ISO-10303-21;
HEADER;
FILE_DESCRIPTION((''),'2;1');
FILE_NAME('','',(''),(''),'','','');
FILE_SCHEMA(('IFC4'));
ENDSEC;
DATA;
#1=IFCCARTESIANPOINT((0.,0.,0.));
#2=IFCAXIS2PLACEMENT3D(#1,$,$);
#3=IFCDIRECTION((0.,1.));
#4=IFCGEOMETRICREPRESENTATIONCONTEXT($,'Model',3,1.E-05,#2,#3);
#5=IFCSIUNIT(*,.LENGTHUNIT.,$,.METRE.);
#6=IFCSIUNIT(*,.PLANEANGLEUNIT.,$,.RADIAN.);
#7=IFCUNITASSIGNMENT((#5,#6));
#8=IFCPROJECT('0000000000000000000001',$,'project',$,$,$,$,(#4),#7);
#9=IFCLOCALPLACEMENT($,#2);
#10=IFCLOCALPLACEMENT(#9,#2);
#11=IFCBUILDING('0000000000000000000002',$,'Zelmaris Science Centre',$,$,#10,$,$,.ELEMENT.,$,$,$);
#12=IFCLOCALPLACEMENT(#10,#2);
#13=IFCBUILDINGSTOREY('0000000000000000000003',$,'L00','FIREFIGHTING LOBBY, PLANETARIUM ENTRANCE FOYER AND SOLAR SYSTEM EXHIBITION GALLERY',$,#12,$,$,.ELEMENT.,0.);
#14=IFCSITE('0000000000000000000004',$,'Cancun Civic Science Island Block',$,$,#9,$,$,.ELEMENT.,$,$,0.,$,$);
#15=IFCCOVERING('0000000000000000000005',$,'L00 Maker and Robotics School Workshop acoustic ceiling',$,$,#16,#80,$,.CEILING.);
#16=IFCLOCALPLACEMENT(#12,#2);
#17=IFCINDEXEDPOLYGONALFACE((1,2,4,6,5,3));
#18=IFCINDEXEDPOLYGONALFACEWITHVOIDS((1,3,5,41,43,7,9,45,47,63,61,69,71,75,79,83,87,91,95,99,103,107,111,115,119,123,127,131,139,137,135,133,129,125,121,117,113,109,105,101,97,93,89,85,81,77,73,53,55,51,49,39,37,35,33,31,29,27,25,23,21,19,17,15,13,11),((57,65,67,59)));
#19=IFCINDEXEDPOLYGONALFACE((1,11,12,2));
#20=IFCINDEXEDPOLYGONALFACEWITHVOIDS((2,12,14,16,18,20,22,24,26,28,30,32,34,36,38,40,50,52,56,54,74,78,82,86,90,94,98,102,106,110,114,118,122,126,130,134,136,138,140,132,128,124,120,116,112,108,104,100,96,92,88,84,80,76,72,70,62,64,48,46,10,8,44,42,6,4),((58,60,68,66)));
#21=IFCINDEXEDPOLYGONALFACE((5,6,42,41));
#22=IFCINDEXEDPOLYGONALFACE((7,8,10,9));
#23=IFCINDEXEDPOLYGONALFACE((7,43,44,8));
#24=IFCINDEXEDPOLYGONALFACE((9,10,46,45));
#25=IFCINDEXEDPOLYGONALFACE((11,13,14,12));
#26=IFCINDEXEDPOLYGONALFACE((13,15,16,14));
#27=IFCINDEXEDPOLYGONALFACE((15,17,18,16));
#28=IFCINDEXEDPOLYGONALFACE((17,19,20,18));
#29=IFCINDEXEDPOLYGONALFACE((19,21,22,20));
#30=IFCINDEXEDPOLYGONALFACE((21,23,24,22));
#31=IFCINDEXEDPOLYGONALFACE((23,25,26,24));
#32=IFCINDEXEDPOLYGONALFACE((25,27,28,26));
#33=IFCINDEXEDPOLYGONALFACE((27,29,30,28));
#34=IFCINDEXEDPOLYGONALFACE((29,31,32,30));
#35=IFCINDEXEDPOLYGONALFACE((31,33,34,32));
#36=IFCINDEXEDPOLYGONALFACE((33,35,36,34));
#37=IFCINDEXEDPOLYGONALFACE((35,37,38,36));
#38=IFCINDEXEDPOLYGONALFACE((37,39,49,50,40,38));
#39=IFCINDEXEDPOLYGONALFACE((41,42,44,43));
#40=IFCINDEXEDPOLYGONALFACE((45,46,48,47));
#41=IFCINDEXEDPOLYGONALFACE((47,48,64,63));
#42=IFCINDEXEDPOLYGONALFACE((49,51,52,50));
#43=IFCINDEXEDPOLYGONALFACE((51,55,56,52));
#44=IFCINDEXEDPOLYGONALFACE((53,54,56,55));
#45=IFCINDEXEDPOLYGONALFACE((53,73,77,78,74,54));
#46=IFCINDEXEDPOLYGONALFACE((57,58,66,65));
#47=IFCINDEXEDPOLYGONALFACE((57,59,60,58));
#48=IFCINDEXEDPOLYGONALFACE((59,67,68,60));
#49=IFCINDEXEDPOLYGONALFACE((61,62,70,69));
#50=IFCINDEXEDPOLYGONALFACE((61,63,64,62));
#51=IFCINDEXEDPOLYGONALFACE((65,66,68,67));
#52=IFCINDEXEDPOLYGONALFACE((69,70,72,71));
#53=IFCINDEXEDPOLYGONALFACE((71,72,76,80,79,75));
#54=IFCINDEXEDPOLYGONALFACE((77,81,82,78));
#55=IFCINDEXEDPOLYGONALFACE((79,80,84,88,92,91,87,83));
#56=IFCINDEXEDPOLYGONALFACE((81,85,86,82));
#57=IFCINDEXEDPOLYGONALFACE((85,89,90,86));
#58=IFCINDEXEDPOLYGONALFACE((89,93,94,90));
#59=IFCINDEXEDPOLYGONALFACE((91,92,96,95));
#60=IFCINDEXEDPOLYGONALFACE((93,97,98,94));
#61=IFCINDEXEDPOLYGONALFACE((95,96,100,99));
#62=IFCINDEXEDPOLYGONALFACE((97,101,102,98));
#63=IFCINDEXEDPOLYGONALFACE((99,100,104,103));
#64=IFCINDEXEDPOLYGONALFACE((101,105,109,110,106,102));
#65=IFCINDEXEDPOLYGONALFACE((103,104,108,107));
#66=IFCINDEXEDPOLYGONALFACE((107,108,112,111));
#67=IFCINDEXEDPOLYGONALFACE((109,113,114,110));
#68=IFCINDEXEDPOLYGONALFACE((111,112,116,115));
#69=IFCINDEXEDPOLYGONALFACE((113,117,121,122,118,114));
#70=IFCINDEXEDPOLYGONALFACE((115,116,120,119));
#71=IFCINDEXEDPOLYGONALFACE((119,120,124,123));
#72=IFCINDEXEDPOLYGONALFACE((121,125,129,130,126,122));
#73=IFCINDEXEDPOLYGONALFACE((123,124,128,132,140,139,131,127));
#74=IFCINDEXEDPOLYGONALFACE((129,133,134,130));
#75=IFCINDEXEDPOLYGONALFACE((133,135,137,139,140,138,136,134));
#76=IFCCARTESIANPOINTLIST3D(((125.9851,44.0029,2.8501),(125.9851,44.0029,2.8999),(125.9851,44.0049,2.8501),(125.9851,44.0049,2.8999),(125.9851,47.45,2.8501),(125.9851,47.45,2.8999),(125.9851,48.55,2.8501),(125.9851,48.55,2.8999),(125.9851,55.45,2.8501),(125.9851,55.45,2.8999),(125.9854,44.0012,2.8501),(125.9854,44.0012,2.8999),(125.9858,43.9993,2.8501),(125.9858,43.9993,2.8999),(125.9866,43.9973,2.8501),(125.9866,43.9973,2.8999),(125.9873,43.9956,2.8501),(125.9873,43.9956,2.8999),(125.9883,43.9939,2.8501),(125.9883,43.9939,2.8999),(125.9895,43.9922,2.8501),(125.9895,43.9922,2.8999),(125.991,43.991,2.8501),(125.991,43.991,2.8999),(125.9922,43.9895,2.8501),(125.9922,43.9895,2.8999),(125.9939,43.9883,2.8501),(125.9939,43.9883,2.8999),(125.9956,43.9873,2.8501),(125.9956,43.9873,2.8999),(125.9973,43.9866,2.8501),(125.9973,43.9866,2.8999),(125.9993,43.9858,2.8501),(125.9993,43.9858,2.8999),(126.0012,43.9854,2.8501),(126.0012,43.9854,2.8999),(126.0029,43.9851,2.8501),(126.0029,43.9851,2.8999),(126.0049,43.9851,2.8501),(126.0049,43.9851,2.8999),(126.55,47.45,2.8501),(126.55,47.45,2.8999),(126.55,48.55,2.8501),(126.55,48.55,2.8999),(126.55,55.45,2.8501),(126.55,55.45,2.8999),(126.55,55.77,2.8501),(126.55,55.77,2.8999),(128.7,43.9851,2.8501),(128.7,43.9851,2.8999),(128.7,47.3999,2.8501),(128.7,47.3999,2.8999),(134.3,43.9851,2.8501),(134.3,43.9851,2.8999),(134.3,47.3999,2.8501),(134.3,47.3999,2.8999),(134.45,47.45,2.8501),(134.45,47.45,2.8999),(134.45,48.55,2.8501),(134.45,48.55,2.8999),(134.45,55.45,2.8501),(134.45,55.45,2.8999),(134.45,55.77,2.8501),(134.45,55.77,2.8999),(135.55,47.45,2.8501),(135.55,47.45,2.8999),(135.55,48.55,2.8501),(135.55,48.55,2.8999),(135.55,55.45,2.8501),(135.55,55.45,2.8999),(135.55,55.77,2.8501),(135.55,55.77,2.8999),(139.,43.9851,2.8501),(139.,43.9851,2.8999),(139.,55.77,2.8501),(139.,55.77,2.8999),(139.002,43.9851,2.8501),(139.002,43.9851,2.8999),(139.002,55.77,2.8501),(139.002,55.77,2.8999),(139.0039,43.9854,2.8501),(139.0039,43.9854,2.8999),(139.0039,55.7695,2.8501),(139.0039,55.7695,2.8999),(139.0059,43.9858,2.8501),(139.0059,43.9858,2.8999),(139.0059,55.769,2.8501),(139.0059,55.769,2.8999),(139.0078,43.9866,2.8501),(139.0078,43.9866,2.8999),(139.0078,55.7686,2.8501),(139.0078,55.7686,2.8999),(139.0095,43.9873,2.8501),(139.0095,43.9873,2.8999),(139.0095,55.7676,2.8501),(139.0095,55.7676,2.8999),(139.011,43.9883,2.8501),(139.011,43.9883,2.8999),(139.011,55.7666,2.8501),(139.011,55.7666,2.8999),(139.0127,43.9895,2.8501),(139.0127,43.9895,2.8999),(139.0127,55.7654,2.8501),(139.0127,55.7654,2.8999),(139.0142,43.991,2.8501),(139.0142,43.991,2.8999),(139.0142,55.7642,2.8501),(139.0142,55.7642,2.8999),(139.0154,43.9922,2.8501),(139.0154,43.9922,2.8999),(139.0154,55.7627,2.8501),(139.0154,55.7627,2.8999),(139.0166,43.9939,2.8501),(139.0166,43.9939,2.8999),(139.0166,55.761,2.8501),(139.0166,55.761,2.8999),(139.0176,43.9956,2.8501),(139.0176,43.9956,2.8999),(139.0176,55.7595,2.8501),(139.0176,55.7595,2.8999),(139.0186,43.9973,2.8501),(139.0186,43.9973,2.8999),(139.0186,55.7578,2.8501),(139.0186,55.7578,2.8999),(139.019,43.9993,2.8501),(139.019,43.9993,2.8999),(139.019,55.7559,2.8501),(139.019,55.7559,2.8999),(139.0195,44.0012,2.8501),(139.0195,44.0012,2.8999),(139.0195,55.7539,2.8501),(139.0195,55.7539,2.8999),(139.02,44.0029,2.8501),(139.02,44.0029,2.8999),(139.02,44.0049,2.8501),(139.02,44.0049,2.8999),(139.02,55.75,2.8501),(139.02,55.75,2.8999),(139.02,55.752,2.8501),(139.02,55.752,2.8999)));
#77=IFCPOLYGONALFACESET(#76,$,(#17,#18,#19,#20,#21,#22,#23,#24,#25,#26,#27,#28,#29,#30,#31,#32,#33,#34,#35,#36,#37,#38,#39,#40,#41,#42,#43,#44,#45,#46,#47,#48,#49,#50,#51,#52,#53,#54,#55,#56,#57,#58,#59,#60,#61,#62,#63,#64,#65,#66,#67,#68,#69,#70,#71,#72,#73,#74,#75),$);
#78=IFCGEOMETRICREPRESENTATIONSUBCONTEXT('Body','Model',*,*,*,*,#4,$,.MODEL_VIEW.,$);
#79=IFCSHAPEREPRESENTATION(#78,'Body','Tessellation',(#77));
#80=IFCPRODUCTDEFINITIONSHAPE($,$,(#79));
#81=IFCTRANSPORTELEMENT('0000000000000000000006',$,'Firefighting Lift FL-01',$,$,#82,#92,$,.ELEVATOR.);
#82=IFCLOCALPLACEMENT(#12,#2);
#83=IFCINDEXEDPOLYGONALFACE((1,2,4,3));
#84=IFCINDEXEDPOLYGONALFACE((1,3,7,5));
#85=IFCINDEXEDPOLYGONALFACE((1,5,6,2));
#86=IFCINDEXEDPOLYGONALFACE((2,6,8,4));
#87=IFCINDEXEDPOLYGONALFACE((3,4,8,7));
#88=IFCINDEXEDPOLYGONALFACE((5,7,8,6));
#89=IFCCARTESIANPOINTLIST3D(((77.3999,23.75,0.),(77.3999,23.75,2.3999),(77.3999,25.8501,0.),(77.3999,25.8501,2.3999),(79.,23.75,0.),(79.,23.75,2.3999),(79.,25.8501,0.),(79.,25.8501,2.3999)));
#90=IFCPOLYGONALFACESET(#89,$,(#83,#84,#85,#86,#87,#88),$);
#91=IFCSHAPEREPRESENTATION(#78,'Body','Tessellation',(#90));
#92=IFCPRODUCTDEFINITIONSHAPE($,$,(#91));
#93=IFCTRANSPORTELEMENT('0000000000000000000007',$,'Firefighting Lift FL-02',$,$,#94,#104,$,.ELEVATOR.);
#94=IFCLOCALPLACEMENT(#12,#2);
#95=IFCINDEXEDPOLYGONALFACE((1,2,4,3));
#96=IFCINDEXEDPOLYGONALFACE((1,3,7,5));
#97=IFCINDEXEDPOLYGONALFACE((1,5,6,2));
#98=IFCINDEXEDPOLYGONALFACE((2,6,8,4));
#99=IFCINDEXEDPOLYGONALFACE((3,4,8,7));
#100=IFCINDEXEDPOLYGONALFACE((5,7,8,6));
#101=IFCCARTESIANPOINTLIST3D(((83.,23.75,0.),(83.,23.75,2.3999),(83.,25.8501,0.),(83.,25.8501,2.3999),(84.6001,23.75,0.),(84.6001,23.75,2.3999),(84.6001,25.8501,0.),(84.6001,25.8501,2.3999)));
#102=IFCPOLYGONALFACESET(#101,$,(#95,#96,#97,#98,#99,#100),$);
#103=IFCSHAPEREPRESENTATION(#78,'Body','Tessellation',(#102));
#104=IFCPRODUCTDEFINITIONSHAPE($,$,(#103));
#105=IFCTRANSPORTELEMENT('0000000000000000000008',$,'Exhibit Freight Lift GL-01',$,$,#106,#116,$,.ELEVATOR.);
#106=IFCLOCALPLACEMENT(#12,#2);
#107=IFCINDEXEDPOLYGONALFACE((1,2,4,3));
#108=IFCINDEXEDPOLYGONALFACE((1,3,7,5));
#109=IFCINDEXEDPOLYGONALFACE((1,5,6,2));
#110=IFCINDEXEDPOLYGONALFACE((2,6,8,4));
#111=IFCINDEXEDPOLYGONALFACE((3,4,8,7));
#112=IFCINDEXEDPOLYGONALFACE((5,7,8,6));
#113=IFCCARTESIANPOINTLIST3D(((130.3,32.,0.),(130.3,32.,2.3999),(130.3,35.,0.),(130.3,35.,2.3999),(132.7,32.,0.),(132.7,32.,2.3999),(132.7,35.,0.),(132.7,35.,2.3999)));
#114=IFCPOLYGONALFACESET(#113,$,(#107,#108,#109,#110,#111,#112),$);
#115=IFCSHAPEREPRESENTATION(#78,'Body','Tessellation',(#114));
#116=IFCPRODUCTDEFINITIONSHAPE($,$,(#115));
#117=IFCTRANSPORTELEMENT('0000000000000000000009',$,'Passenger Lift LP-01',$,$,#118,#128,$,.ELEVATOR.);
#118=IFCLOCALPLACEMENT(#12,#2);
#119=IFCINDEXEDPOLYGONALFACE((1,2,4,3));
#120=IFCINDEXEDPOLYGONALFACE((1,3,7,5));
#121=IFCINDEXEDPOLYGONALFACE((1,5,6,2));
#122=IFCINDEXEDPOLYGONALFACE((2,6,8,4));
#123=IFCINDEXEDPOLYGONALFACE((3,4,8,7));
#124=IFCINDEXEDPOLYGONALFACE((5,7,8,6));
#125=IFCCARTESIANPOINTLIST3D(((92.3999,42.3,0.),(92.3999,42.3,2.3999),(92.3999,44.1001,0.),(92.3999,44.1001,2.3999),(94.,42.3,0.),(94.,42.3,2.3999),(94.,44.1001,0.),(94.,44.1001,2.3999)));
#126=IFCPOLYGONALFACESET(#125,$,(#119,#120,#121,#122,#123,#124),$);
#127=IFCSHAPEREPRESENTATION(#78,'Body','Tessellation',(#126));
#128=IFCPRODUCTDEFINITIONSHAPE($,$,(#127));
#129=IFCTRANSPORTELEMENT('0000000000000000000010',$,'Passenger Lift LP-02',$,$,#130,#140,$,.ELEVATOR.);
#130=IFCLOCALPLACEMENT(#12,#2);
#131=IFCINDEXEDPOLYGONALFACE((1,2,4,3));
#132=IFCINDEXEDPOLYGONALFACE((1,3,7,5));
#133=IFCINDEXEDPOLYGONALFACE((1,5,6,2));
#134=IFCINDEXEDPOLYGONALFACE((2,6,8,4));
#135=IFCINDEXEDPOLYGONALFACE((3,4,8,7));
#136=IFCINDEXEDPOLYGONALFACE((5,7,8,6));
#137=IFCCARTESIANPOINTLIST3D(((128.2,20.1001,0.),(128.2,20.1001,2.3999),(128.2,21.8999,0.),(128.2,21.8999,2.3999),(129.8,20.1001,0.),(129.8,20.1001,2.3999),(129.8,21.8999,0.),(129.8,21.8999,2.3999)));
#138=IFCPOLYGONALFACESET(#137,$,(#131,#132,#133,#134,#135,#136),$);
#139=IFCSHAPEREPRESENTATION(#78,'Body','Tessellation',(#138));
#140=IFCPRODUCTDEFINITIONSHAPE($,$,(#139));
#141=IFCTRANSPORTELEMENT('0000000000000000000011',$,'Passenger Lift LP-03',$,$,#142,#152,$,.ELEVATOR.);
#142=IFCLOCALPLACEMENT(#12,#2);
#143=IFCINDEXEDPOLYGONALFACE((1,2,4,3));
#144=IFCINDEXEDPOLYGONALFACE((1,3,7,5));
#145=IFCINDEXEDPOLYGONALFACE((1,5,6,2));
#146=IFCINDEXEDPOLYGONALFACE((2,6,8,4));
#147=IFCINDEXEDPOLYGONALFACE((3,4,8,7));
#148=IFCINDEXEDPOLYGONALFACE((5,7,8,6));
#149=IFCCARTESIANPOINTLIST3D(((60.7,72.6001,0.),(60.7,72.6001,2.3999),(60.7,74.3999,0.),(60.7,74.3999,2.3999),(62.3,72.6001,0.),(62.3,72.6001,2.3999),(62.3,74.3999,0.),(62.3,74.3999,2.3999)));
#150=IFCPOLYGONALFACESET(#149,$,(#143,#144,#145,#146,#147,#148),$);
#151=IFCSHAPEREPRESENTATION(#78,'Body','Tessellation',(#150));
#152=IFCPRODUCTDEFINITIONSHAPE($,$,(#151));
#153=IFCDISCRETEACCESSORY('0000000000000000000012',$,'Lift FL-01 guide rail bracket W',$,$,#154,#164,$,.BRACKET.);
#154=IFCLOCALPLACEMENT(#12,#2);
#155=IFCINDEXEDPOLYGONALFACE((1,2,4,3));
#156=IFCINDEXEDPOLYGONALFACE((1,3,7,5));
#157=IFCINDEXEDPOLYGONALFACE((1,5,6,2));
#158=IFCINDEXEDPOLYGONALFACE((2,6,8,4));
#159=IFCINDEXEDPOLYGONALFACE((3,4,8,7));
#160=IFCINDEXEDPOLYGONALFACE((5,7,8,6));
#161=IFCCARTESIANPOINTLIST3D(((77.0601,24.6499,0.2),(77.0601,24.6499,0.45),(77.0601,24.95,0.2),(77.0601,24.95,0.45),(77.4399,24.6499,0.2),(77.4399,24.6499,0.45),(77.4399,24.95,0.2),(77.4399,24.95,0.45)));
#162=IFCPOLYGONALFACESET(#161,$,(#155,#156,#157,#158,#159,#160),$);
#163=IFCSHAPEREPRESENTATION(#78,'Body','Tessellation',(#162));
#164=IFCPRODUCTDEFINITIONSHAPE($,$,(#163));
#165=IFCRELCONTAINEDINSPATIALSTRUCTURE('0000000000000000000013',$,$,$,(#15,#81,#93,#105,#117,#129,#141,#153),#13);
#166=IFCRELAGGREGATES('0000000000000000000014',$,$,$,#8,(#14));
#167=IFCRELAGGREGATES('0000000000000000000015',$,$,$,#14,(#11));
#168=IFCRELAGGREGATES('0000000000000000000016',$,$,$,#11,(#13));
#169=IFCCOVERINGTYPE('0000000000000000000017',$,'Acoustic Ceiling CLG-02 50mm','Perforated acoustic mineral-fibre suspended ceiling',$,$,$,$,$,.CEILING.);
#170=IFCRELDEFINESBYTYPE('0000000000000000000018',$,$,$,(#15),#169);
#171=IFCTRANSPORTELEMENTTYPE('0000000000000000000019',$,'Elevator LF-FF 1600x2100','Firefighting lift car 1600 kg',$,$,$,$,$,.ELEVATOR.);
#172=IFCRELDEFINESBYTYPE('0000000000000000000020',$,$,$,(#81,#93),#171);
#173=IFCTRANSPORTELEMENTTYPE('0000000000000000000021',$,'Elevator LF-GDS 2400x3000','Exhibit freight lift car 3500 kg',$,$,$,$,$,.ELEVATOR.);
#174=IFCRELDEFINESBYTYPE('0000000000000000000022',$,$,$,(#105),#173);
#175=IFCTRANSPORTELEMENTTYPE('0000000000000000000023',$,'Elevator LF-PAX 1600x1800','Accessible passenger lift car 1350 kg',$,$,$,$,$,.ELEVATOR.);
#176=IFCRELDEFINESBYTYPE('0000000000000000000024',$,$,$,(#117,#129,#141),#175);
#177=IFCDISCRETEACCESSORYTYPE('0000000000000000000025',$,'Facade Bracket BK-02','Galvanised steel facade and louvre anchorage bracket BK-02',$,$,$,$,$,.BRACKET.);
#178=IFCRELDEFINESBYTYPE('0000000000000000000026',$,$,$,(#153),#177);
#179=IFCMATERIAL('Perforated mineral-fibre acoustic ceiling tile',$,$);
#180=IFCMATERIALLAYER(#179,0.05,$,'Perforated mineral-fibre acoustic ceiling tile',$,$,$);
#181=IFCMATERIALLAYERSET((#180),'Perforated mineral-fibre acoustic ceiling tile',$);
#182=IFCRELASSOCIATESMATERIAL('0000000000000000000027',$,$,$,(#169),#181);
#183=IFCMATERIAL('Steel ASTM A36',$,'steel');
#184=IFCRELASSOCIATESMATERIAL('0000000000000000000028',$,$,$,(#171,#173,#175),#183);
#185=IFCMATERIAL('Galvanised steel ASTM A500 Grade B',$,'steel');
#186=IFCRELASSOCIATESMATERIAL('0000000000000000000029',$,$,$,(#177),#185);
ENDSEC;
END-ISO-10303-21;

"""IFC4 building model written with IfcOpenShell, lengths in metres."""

from ifc_helpers import new_model, si_unit, direction, frame, origin, place, context, subcontext, project, spatial, polyline, outline, extrude, material, layer, layer_set, type_object, element, save


model = new_model("IFC4")

# Units and contexts
model_context = context("Model", 3, precision=1e-05, world=origin(), true_north=direction((0.0, 1.0)))
body_context = subcontext(model_context, "Body", "Model", "MODEL_VIEW")
ifc_project = project(units=[si_unit("LENGTHUNIT", "METRE"), si_unit("PLANEANGLEUNIT", "RADIAN")], contexts=[model_context])

# Site, building, storey
site_placement = place(None, origin())
site = spatial("IfcSite", under=ifc_project, at=site_placement, Name="Cancun Civic Science Island Block", CompositionType="ELEMENT", RefElevation=0.0)
building_placement = place(site_placement, origin())
building = spatial("IfcBuilding", under=site, at=building_placement, Name="Zelmaris Science Centre", CompositionType="ELEMENT")
storey_placement = place(building_placement, origin())
storey = spatial("IfcBuildingStorey", under=building, at=storey_placement, Name="L00", Description="FIREFIGHTING LOBBY, PLANETARIUM ENTRANCE FOYER AND SOLAR SYSTEM EXHIBITION GALLERY", CompositionType="ELEMENT", Elevation=0.0)

# Covering
ifc_material_1 = material(Name="Perforated mineral-fibre acoustic ceiling tile")
ifc_layer_1 = layer(ifc_material_1, 0.05, Name="Perforated mineral-fibre acoustic ceiling tile")
ifc_layer_set_1 = layer_set([ifc_layer_1], Name="Perforated mineral-fibre acoustic ceiling tile")
covering_type_1 = type_object("IfcCoveringType", Name="Acoustic Ceiling CLG-02 50mm", Description="Perforated acoustic mineral-fibre suspended ceiling", PredefinedType="CEILING", material=ifc_layer_set_1)
covering_1_placement = place(storey_placement, frame((0.0, 0.0, 2.8501)))
element("IfcCovering", 1, at=covering_1_placement, inside=storey, type_object=covering_type_1, Name="L00 Maker and Robotics School Workshop acoustic ceiling", PredefinedType="CEILING", context=body_context, shape_type="SweptSolid", body=[
    extrude(outline(polyline([(139.02, 44.0029), (139.0195, 44.0012), (139.019, 43.9993), (139.0186, 43.9973), (139.0176, 43.9956), (139.0166, 43.9939), (139.0154, 43.9922), (139.0142, 43.991), (139.0127, 43.9895), (139.011, 43.9883), (139.0095, 43.9873), (139.0078, 43.9866), (139.0059, 43.9858), (139.0039, 43.9854), (139.002, 43.9851), (139.0, 43.9851), (134.3, 43.9851), (134.3, 47.3999), (128.7, 47.3999), (128.7, 43.9851), (126.0049, 43.9851), (126.0029, 43.9851), (126.0012, 43.9854), (125.9993, 43.9858), (125.9973, 43.9866), (125.9956, 43.9873), (125.9939, 43.9883), (125.9922, 43.9895), (125.991, 43.991), (125.9895, 43.9922), (125.9883, 43.9939), (125.9873, 43.9956), (125.9866, 43.9973), (125.9858, 43.9993), (125.9854, 44.0012), (125.9851, 44.0029), (125.9851, 44.0049), (125.9851, 47.45), (126.55, 47.45), (126.55, 48.55), (125.9851, 48.55), (125.9851, 55.45), (126.55, 55.45), (126.55, 55.77), (134.45, 55.77), (134.45, 55.45), (135.55, 55.45), (135.55, 55.77), (139.0, 55.77), (139.002, 55.77), (139.0039, 55.7695), (139.0059, 55.769), (139.0078, 55.7686), (139.0095, 55.7676), (139.011, 55.7666), (139.0127, 55.7654), (139.0142, 55.7642), (139.0154, 55.7627), (139.0166, 55.761), (139.0176, 55.7595), (139.0186, 55.7578), (139.019, 55.7559), (139.0195, 55.7539), (139.02, 55.752), (139.02, 55.75), (139.02, 44.0049), (139.02, 44.0029)]), holes=[polyline([(134.45, 47.45), (135.55, 47.45), (135.55, 48.55), (134.45, 48.55), (134.45, 47.45)])]), origin(), (0.0, 0.0, 1.0), 0.0498),
])

# Transport elements
ifc_material_2 = material(Name="Steel ASTM A36", Category="steel")
transport_element_type_1 = type_object("IfcTransportElementType", Name="Elevator LF-FF 1600x2100", Description="Firefighting lift car 1600 kg", PredefinedType="ELEVATOR", material=ifc_material_2)
transport_element_1_placement = place(storey_placement, origin())
element("IfcTransportElement", 2, at=transport_element_1_placement, inside=storey, type_object=transport_element_type_1, Name="Firefighting Lift FL-01", PredefinedType="ELEVATOR", context=body_context, shape_type="SweptSolid", body=[
    extrude(outline(polyline([(77.3999, 23.75), (79.0, 23.75), (79.0, 25.8501), (77.3999, 25.8501), (77.3999, 23.75)])), origin(), (0.0, 0.0, 1.0), 2.3999),
])
transport_element_2_placement = place(storey_placement, origin())
element("IfcTransportElement", 3, at=transport_element_2_placement, inside=storey, type_object=transport_element_type_1, Name="Firefighting Lift FL-02", PredefinedType="ELEVATOR", context=body_context, shape_type="SweptSolid", body=[
    extrude(outline(polyline([(83.0, 23.75), (84.6001, 23.75), (84.6001, 25.8501), (83.0, 25.8501), (83.0, 23.75)])), origin(), (0.0, 0.0, 1.0), 2.3999),
])
transport_element_type_2 = type_object("IfcTransportElementType", Name="Elevator LF-GDS 2400x3000", Description="Exhibit freight lift car 3500 kg", PredefinedType="ELEVATOR", material=ifc_material_2)
transport_element_3_placement = place(storey_placement, origin())
element("IfcTransportElement", 4, at=transport_element_3_placement, inside=storey, type_object=transport_element_type_2, Name="Exhibit Freight Lift GL-01", PredefinedType="ELEVATOR", context=body_context, shape_type="SweptSolid", body=[
    extrude(outline(polyline([(130.3, 32.0), (132.7, 32.0), (132.7, 35.0), (130.3, 35.0), (130.3, 32.0)])), origin(), (0.0, 0.0, 1.0), 2.3999),
])
transport_element_type_3 = type_object("IfcTransportElementType", Name="Elevator LF-PAX 1600x1800", Description="Accessible passenger lift car 1350 kg", PredefinedType="ELEVATOR", material=ifc_material_2)
transport_element_4_placement = place(storey_placement, origin())
element("IfcTransportElement", 5, at=transport_element_4_placement, inside=storey, type_object=transport_element_type_3, Name="Passenger Lift LP-01", PredefinedType="ELEVATOR", context=body_context, shape_type="SweptSolid", body=[
    extrude(outline(polyline([(92.3999, 42.3), (94.0, 42.3), (94.0, 44.1001), (92.3999, 44.1001), (92.3999, 42.3)])), origin(), (0.0, 0.0, 1.0), 2.3999),
])
transport_element_5_placement = place(storey_placement, origin())
element("IfcTransportElement", 6, at=transport_element_5_placement, inside=storey, type_object=transport_element_type_3, Name="Passenger Lift LP-02", PredefinedType="ELEVATOR", context=body_context, shape_type="SweptSolid", body=[
    extrude(outline(polyline([(128.2, 20.1001), (129.8, 20.1001), (129.8, 21.8999), (128.2, 21.8999), (128.2, 20.1001)])), origin(), (0.0, 0.0, 1.0), 2.3999),
])
transport_element_6_placement = place(storey_placement, origin())
element("IfcTransportElement", 7, at=transport_element_6_placement, inside=storey, type_object=transport_element_type_3, Name="Passenger Lift LP-03", PredefinedType="ELEVATOR", context=body_context, shape_type="SweptSolid", body=[
    extrude(outline(polyline([(60.7, 72.6001), (62.3, 72.6001), (62.3, 74.3999), (60.7, 74.3999), (60.7, 72.6001)])), origin(), (0.0, 0.0, 1.0), 2.3999),
])

# Discrete accessory
ifc_material_3 = material(Name="Galvanised steel ASTM A500 Grade B", Category="steel")
discrete_accessory_type = type_object("IfcDiscreteAccessoryType", Name="Facade Bracket BK-02", Description="Galvanised steel facade and louvre anchorage bracket BK-02", PredefinedType="BRACKET", material=ifc_material_3)
discrete_accessory_1_placement = place(storey_placement, frame((0.0, 0.0, 0.2)))
element("IfcDiscreteAccessory", 8, at=discrete_accessory_1_placement, inside=storey, type_object=discrete_accessory_type, Name="Lift FL-01 guide rail bracket W", PredefinedType="BRACKET", context=body_context, shape_type="SweptSolid", body=[
    extrude(outline(polyline([(77.0601, 24.6499), (77.4399, 24.6499), (77.4399, 24.95), (77.0601, 24.95), (77.0601, 24.6499)])), origin(), (0.0, 0.0, 1.0), 0.25),
])

save(model, "model.ifc")
